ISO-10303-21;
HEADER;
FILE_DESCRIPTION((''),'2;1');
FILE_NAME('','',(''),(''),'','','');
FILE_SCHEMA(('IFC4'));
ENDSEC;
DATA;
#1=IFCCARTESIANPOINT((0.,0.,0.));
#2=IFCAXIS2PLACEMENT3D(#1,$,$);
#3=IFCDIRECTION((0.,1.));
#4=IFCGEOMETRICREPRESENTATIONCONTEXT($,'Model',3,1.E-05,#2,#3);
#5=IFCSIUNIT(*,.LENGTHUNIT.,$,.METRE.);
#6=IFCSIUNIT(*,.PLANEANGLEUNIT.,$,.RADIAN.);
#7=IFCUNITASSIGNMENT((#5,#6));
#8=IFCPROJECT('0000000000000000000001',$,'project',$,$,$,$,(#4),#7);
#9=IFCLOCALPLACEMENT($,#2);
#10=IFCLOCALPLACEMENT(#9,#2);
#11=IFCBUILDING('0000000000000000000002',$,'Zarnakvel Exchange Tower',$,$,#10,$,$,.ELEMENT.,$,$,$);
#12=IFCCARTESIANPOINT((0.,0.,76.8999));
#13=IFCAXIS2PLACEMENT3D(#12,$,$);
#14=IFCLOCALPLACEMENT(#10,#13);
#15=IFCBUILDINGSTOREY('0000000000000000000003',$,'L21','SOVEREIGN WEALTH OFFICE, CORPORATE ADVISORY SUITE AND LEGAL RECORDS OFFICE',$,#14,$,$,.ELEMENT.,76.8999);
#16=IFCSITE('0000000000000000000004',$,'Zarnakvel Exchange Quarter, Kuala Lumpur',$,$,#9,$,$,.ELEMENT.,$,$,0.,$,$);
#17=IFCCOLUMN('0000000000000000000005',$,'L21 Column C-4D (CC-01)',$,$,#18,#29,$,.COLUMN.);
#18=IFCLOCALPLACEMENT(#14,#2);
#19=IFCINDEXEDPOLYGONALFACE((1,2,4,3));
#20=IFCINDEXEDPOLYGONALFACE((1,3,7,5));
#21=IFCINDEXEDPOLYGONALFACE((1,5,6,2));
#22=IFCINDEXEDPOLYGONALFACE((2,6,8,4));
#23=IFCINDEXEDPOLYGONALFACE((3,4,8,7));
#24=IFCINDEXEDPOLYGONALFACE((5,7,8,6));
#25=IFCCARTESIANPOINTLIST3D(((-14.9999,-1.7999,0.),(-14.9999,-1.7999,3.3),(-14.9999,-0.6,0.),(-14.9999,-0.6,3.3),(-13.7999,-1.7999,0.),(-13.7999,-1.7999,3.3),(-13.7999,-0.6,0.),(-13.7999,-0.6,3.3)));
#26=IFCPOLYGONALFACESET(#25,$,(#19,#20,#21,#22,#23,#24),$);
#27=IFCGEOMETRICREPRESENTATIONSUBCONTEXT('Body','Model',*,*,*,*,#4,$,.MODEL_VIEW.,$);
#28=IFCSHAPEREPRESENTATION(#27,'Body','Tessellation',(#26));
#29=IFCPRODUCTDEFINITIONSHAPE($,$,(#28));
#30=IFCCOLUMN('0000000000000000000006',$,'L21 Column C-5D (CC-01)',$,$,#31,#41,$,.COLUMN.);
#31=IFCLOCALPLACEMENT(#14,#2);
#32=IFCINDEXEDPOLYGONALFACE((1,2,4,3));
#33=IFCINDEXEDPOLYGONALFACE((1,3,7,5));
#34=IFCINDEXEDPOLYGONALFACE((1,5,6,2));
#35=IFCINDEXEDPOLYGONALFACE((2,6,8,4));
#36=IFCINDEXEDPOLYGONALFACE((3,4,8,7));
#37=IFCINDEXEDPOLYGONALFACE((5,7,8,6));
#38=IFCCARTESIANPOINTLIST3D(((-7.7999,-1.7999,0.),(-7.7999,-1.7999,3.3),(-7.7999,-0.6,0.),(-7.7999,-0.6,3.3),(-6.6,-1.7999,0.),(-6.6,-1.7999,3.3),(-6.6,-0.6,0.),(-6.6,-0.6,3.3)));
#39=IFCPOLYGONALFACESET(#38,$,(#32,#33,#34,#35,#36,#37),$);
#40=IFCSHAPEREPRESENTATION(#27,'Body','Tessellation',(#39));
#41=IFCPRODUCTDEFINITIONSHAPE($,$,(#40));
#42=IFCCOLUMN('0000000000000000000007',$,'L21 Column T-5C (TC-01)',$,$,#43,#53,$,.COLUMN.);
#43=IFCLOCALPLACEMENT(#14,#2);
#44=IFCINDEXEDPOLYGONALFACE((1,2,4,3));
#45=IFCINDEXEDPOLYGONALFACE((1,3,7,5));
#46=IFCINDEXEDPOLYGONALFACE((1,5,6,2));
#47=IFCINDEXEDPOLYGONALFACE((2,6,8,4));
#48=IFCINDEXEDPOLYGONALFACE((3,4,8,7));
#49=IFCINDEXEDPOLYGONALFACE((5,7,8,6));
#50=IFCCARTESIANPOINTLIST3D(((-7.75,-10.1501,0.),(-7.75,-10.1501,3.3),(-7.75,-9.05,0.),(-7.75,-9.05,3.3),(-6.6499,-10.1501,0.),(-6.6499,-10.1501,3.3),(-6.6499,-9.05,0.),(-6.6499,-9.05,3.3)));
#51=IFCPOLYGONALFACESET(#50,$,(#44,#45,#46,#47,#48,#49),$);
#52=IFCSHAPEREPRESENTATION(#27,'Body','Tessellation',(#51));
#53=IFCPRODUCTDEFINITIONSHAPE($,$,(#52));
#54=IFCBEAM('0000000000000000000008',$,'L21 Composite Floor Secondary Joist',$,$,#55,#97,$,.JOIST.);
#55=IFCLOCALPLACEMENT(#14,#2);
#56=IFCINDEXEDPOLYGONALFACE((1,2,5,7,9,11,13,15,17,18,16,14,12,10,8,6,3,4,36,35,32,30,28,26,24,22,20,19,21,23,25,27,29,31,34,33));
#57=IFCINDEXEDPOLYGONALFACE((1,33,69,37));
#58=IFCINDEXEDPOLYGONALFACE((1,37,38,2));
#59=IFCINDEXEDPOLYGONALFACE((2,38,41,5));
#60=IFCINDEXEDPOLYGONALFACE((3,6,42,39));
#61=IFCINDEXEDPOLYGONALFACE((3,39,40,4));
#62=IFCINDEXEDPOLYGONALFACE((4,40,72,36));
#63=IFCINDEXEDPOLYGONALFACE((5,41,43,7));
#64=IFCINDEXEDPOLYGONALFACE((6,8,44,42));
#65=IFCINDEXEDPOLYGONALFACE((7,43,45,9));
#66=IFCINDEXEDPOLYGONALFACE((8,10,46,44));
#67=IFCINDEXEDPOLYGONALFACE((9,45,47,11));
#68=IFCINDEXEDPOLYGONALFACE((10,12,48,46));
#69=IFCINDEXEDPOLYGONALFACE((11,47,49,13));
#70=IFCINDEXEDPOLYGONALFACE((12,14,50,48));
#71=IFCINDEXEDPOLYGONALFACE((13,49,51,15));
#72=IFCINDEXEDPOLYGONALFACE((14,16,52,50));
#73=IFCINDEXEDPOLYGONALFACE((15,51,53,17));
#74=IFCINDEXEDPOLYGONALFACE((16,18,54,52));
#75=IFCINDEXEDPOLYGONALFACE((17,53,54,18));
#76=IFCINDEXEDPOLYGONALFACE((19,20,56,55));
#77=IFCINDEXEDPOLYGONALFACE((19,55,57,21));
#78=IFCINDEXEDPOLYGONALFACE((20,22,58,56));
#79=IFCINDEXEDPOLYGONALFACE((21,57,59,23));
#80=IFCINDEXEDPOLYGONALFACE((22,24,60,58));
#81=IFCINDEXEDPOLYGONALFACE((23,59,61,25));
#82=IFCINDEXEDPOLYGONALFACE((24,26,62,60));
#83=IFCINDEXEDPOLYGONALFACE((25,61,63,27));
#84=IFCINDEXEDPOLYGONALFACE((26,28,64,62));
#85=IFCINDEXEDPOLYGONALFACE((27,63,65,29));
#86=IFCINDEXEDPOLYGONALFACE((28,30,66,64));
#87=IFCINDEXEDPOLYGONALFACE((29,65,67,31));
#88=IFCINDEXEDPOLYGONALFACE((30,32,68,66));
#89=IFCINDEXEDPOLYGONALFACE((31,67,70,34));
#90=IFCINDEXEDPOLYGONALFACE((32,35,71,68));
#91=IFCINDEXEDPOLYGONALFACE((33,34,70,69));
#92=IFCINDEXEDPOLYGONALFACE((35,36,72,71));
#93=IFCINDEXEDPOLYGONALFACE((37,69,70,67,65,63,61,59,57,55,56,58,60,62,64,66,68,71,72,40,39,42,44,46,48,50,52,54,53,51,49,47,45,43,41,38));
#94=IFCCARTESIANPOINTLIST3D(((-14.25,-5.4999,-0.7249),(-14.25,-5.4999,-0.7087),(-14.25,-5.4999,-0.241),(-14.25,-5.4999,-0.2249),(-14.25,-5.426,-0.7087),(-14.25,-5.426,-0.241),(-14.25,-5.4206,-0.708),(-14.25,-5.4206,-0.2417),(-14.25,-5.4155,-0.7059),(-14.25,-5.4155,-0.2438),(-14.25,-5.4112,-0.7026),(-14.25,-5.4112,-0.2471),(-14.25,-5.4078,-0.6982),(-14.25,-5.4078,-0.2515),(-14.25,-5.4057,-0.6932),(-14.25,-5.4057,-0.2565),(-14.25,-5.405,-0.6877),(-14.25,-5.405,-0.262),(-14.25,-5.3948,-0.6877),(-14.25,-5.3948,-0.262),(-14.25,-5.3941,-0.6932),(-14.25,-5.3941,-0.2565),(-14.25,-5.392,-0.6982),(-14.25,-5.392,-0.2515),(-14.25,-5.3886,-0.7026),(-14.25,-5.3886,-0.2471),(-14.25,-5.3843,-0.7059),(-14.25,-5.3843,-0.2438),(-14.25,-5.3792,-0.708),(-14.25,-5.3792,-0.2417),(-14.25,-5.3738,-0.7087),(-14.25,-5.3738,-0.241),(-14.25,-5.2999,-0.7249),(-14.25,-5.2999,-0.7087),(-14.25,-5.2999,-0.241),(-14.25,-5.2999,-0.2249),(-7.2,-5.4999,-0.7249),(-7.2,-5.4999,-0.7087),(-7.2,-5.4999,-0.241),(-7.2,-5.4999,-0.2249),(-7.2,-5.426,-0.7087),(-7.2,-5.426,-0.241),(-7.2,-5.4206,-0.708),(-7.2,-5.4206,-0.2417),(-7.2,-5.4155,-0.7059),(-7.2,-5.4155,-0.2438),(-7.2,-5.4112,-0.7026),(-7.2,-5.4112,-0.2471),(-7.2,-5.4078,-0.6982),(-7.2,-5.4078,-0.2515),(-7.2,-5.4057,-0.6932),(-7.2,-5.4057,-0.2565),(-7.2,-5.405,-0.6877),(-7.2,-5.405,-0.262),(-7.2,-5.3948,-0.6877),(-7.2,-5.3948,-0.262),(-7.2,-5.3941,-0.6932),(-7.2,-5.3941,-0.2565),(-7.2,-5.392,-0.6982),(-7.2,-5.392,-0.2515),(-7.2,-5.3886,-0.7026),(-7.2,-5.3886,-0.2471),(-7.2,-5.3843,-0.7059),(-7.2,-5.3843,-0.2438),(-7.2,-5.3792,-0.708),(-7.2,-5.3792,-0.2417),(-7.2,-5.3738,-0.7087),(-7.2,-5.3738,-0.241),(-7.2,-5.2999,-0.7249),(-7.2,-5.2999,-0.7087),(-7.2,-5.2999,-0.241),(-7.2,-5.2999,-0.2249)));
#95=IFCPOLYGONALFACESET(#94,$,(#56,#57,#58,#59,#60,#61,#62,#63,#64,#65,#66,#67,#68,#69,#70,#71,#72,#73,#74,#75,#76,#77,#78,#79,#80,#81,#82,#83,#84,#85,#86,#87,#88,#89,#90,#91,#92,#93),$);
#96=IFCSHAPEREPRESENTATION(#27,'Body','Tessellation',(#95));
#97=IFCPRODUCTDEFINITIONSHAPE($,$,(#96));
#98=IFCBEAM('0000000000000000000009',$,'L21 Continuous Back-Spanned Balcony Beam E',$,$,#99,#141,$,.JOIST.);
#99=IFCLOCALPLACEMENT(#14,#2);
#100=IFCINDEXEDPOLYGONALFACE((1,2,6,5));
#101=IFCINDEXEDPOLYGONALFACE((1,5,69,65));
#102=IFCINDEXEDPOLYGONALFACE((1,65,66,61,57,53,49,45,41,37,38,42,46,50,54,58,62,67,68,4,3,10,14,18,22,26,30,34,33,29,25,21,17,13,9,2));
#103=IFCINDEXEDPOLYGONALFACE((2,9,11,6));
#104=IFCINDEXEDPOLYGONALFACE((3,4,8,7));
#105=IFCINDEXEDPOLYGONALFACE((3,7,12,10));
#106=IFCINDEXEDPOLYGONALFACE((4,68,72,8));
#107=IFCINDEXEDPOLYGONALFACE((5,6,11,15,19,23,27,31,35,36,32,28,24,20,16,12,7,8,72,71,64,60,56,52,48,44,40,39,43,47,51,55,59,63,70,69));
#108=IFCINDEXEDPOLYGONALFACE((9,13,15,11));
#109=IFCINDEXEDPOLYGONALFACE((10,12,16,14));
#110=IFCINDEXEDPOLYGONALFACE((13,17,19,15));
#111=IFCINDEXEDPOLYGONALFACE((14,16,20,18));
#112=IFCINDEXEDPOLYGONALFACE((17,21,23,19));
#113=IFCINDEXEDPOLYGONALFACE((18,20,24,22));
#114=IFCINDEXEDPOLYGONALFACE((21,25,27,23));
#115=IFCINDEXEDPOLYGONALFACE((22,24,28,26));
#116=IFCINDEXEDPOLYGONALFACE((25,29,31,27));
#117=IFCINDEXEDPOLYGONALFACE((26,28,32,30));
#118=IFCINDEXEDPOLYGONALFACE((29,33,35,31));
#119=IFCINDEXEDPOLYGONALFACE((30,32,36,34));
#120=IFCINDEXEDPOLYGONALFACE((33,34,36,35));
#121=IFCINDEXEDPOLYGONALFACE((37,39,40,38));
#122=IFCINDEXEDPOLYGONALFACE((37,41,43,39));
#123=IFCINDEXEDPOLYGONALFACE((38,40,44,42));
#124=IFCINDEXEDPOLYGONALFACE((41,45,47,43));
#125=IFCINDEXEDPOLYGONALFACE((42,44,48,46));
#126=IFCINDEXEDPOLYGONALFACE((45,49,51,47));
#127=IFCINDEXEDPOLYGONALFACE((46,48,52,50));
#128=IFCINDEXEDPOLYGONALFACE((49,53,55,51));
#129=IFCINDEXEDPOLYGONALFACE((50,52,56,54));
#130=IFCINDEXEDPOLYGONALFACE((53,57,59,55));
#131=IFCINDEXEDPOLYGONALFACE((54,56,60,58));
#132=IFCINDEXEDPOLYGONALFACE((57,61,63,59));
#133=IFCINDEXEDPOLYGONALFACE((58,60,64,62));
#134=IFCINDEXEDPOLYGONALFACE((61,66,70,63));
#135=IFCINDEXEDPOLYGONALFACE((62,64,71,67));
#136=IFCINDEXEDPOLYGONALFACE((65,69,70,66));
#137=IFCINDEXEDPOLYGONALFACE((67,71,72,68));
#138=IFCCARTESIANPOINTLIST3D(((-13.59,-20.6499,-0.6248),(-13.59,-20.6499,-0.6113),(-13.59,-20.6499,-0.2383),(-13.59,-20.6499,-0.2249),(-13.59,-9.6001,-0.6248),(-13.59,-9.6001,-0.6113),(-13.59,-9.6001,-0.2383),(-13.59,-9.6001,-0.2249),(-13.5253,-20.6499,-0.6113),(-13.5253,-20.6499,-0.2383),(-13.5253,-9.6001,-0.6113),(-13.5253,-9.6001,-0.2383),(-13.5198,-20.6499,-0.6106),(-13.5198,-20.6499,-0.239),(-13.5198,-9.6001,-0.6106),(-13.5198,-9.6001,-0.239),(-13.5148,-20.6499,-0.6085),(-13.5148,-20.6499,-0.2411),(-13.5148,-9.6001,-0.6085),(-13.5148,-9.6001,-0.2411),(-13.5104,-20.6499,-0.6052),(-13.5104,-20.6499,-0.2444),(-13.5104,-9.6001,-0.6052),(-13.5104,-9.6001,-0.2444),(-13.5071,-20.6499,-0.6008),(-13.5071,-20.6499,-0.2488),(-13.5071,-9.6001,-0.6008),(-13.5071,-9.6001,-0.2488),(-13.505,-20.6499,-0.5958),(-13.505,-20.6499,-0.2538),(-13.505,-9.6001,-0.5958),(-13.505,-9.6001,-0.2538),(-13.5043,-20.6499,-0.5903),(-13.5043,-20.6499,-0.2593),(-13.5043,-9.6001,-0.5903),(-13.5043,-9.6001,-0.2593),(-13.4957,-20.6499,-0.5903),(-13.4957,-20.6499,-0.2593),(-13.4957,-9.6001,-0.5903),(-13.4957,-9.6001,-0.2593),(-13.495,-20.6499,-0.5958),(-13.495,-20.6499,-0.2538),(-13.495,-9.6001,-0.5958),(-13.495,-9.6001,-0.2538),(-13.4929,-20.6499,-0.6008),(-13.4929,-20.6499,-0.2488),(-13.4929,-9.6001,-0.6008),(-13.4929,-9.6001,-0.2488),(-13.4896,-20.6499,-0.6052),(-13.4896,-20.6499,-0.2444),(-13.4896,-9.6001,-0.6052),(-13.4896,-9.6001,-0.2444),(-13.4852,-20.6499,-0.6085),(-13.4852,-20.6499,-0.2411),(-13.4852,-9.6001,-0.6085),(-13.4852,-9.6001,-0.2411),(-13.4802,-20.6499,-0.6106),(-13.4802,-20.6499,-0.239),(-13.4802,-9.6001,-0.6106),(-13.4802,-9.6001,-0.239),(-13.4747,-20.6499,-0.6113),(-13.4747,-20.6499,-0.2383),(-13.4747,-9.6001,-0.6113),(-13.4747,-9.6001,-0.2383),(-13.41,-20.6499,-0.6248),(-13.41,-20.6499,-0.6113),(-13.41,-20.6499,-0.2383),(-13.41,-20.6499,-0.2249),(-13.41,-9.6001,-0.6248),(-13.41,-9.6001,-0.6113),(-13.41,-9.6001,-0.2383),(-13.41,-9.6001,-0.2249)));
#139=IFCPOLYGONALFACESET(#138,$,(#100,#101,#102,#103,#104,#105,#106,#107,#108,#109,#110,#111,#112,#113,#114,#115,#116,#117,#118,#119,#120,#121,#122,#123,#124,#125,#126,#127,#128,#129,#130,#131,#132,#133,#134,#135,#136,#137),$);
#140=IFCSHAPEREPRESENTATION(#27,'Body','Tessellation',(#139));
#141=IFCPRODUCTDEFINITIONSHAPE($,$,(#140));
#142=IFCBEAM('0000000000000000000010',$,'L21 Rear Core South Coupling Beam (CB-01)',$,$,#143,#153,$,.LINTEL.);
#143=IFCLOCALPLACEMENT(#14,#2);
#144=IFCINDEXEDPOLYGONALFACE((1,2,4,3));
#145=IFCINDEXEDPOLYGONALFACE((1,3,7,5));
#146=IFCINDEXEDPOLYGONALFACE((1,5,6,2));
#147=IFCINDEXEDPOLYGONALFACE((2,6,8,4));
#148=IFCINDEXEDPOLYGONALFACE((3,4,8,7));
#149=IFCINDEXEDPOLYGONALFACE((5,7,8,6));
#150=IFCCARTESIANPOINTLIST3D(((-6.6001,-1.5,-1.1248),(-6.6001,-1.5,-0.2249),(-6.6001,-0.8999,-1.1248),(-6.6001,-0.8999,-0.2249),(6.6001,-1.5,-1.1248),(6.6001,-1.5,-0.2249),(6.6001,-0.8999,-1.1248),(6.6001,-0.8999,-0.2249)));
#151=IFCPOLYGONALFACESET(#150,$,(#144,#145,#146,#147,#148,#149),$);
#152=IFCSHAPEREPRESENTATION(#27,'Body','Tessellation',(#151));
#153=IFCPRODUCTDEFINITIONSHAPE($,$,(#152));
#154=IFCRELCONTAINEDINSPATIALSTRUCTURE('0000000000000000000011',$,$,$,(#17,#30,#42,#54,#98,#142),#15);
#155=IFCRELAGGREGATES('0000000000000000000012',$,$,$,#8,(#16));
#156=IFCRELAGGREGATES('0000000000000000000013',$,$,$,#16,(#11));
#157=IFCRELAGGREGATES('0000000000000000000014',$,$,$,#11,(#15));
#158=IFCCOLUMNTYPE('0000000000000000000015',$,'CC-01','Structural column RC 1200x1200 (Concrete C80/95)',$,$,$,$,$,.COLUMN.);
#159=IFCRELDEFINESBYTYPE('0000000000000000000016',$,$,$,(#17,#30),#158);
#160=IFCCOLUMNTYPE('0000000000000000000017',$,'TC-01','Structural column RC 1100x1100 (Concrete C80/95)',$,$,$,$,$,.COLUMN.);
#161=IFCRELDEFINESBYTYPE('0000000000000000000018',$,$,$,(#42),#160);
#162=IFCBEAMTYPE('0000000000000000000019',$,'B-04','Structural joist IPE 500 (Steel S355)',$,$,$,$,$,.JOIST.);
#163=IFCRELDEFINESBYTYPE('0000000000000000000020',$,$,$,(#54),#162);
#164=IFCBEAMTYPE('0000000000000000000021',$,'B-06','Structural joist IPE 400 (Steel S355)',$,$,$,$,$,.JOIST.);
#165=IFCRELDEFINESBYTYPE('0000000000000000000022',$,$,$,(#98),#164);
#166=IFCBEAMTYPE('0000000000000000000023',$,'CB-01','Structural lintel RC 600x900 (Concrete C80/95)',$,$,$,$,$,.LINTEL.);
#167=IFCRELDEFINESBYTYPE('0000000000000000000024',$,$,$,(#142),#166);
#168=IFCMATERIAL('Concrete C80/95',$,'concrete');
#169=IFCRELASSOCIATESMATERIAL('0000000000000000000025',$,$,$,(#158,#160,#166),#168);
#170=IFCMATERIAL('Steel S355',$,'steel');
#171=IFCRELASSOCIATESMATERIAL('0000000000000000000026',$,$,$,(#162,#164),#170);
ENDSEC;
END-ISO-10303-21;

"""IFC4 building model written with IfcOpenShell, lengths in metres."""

from ifc_helpers import new_model, si_unit, direction, frame, origin, origin_2d, place, context, subcontext, project, spatial, rectangle, i_section, extrude, material, material_profile, profile_set, type_object, element, save


model = new_model("IFC4")

# Units and contexts
model_context = context("Model", 3, precision=1e-05, world=origin(), true_north=direction((0.0, 1.0)))
body_context = subcontext(model_context, "Body", "Model", "MODEL_VIEW")
ifc_project = project(units=[si_unit("LENGTHUNIT", "METRE"), si_unit("PLANEANGLEUNIT", "RADIAN")], contexts=[model_context])

# Site, building, storey
site_placement = place(None, origin())
site = spatial("IfcSite", under=ifc_project, at=site_placement, Name="Zarnakvel Exchange Quarter, Kuala Lumpur", CompositionType="ELEMENT", RefElevation=0.0)
building_placement = place(site_placement, origin())
building = spatial("IfcBuilding", under=site, at=building_placement, Name="Zarnakvel Exchange Tower", CompositionType="ELEMENT")
storey_placement = place(building_placement, frame((0.0, 0.0, 76.8999)))
storey = spatial("IfcBuildingStorey", under=building, at=storey_placement, Name="L21", Description="SOVEREIGN WEALTH OFFICE, CORPORATE ADVISORY SUITE AND LEGAL RECORDS OFFICE", CompositionType="ELEMENT", Elevation=76.8999)

# Columns
ifc_material_1 = material(Name="Concrete C80/95", Category="concrete")
ifc_material_profile_1 = material_profile(ifc_material_1, rectangle(XDim=1.2, YDim=1.2, at=origin_2d()))
ifc_profile_set_1 = profile_set([ifc_material_profile_1], Name="Concrete C80/95")
column_type_1 = type_object("IfcColumnType", Name="CC-01", Description="Structural column RC 1200x1200 (Concrete C80/95)", PredefinedType="COLUMN", material=ifc_profile_set_1)
for number, where, z_axis, x_axis, name in (
    (1, (-14.3999, -1.2, 0.0), (0.0, 0.0, 1.0), (1.0, 0.0, 0.0), "L21 Column C-4D (CC-01)"),
    (2, (-7.2, -1.2, 0.0), (0.0, 0.0, 1.0), (1.0, 0.0, 0.0), "L21 Column C-5D (CC-01)"),
):
    element("IfcColumn", number, at=place(storey_placement, frame(where, z_axis=z_axis, x_axis=x_axis)), inside=storey, type_object=column_type_1, Name=name, PredefinedType="COLUMN", context=body_context, shape_type="SweptSolid", body=[
        extrude(rectangle(XDim=1.2, YDim=1.2, at=origin_2d()), origin(), (0.0, 0.0, 1.0), 3.3),
    ])
ifc_material_profile_2 = material_profile(ifc_material_1, rectangle(XDim=1.1001, YDim=1.1001, at=origin_2d()))
ifc_profile_set_2 = profile_set([ifc_material_profile_2], Name="Concrete C80/95")
column_type_2 = type_object("IfcColumnType", Name="TC-01", Description="Structural column RC 1100x1100 (Concrete C80/95)", PredefinedType="COLUMN", material=ifc_profile_set_2)
column_placement = place(storey_placement, frame((-7.2, -9.6001, 0.0), z_axis=(0.0, 0.0, 1.0), x_axis=(1.0, 0.0, 0.0)))
element("IfcColumn", 3, at=column_placement, inside=storey, type_object=column_type_2, Name="L21 Column T-5C (TC-01)", PredefinedType="COLUMN", context=body_context, shape_type="SweptSolid", body=[
    extrude(rectangle(XDim=1.1001, YDim=1.1001, at=origin_2d()), origin(), (0.0, 0.0, 1.0), 3.3),
])

# Beams
ifc_material_2 = material(Name="Steel S355", Category="steel")
ifc_material_profile_3 = material_profile(ifc_material_2, i_section(OverallWidth=0.2, OverallDepth=0.5, WebThickness=0.0103, FlangeThickness=0.0161, FilletRadius=0.021, at=origin_2d()))
ifc_profile_set_3 = profile_set([ifc_material_profile_3], Name="Steel S355")
beam_type_1 = type_object("IfcBeamType", Name="B-04", Description="Structural joist IPE 500 (Steel S355)", PredefinedType="JOIST", material=ifc_profile_set_3)
beam_1_placement = place(storey_placement, frame((-14.25, -5.3999, -0.4749), z_axis=(1.0, 0.0, 0.0), x_axis=(0.0, 1.0, 0.0)))
element("IfcBeam", 4, at=beam_1_placement, inside=storey, type_object=beam_type_1, Name="L21 Composite Floor Secondary Joist", PredefinedType="JOIST", context=body_context, shape_type="SweptSolid", body=[
    extrude(i_section(OverallWidth=0.2, OverallDepth=0.5, WebThickness=0.0103, FlangeThickness=0.0161, FilletRadius=0.021, at=origin_2d()), origin(), (0.0, 0.0, 1.0), 7.05),
])
ifc_material_profile_4 = material_profile(ifc_material_2, i_section(OverallWidth=0.1799, OverallDepth=0.3999, WebThickness=0.0085, FlangeThickness=0.0134, FilletRadius=0.021, at=origin_2d()))
ifc_profile_set_4 = profile_set([ifc_material_profile_4], Name="Steel S355")
beam_type_2 = type_object("IfcBeamType", Name="B-06", Description="Structural joist IPE 400 (Steel S355)", PredefinedType="JOIST", material=ifc_profile_set_4)
beam_2_placement = place(storey_placement, frame((-13.5, -9.6001, -0.4248), z_axis=(0.0, -1.0, 0.0), x_axis=(1.0, 0.0, 0.0)))
element("IfcBeam", 5, at=beam_2_placement, inside=storey, type_object=beam_type_2, Name="L21 Continuous Back-Spanned Balcony Beam E", PredefinedType="JOIST", context=body_context, shape_type="SweptSolid", body=[
    extrude(i_section(OverallWidth=0.1799, OverallDepth=0.3999, WebThickness=0.0085, FlangeThickness=0.0134, FilletRadius=0.021, at=origin_2d()), origin(), (0.0, 0.0, 1.0), 11.0498),
])
ifc_material_profile_5 = material_profile(ifc_material_1, rectangle(XDim=0.6001, YDim=0.8999, at=origin_2d()))
ifc_profile_set_5 = profile_set([ifc_material_profile_5], Name="Concrete C80/95")
beam_type_3 = type_object("IfcBeamType", Name="CB-01", Description="Structural lintel RC 600x900 (Concrete C80/95)", PredefinedType="LINTEL", material=ifc_profile_set_5)
beam_3_placement = place(storey_placement, frame((-6.6001, -1.2, -0.6748), z_axis=(1.0, 0.0, 0.0), x_axis=(0.0, 1.0, 0.0)))
element("IfcBeam", 6, at=beam_3_placement, inside=storey, type_object=beam_type_3, Name="L21 Rear Core South Coupling Beam (CB-01)", PredefinedType="LINTEL", context=body_context, shape_type="SweptSolid", body=[
    extrude(rectangle(XDim=0.6001, YDim=0.8999, at=origin_2d()), origin(), (0.0, 0.0, 1.0), 13.2002),
])

save(model, "model.ifc")
